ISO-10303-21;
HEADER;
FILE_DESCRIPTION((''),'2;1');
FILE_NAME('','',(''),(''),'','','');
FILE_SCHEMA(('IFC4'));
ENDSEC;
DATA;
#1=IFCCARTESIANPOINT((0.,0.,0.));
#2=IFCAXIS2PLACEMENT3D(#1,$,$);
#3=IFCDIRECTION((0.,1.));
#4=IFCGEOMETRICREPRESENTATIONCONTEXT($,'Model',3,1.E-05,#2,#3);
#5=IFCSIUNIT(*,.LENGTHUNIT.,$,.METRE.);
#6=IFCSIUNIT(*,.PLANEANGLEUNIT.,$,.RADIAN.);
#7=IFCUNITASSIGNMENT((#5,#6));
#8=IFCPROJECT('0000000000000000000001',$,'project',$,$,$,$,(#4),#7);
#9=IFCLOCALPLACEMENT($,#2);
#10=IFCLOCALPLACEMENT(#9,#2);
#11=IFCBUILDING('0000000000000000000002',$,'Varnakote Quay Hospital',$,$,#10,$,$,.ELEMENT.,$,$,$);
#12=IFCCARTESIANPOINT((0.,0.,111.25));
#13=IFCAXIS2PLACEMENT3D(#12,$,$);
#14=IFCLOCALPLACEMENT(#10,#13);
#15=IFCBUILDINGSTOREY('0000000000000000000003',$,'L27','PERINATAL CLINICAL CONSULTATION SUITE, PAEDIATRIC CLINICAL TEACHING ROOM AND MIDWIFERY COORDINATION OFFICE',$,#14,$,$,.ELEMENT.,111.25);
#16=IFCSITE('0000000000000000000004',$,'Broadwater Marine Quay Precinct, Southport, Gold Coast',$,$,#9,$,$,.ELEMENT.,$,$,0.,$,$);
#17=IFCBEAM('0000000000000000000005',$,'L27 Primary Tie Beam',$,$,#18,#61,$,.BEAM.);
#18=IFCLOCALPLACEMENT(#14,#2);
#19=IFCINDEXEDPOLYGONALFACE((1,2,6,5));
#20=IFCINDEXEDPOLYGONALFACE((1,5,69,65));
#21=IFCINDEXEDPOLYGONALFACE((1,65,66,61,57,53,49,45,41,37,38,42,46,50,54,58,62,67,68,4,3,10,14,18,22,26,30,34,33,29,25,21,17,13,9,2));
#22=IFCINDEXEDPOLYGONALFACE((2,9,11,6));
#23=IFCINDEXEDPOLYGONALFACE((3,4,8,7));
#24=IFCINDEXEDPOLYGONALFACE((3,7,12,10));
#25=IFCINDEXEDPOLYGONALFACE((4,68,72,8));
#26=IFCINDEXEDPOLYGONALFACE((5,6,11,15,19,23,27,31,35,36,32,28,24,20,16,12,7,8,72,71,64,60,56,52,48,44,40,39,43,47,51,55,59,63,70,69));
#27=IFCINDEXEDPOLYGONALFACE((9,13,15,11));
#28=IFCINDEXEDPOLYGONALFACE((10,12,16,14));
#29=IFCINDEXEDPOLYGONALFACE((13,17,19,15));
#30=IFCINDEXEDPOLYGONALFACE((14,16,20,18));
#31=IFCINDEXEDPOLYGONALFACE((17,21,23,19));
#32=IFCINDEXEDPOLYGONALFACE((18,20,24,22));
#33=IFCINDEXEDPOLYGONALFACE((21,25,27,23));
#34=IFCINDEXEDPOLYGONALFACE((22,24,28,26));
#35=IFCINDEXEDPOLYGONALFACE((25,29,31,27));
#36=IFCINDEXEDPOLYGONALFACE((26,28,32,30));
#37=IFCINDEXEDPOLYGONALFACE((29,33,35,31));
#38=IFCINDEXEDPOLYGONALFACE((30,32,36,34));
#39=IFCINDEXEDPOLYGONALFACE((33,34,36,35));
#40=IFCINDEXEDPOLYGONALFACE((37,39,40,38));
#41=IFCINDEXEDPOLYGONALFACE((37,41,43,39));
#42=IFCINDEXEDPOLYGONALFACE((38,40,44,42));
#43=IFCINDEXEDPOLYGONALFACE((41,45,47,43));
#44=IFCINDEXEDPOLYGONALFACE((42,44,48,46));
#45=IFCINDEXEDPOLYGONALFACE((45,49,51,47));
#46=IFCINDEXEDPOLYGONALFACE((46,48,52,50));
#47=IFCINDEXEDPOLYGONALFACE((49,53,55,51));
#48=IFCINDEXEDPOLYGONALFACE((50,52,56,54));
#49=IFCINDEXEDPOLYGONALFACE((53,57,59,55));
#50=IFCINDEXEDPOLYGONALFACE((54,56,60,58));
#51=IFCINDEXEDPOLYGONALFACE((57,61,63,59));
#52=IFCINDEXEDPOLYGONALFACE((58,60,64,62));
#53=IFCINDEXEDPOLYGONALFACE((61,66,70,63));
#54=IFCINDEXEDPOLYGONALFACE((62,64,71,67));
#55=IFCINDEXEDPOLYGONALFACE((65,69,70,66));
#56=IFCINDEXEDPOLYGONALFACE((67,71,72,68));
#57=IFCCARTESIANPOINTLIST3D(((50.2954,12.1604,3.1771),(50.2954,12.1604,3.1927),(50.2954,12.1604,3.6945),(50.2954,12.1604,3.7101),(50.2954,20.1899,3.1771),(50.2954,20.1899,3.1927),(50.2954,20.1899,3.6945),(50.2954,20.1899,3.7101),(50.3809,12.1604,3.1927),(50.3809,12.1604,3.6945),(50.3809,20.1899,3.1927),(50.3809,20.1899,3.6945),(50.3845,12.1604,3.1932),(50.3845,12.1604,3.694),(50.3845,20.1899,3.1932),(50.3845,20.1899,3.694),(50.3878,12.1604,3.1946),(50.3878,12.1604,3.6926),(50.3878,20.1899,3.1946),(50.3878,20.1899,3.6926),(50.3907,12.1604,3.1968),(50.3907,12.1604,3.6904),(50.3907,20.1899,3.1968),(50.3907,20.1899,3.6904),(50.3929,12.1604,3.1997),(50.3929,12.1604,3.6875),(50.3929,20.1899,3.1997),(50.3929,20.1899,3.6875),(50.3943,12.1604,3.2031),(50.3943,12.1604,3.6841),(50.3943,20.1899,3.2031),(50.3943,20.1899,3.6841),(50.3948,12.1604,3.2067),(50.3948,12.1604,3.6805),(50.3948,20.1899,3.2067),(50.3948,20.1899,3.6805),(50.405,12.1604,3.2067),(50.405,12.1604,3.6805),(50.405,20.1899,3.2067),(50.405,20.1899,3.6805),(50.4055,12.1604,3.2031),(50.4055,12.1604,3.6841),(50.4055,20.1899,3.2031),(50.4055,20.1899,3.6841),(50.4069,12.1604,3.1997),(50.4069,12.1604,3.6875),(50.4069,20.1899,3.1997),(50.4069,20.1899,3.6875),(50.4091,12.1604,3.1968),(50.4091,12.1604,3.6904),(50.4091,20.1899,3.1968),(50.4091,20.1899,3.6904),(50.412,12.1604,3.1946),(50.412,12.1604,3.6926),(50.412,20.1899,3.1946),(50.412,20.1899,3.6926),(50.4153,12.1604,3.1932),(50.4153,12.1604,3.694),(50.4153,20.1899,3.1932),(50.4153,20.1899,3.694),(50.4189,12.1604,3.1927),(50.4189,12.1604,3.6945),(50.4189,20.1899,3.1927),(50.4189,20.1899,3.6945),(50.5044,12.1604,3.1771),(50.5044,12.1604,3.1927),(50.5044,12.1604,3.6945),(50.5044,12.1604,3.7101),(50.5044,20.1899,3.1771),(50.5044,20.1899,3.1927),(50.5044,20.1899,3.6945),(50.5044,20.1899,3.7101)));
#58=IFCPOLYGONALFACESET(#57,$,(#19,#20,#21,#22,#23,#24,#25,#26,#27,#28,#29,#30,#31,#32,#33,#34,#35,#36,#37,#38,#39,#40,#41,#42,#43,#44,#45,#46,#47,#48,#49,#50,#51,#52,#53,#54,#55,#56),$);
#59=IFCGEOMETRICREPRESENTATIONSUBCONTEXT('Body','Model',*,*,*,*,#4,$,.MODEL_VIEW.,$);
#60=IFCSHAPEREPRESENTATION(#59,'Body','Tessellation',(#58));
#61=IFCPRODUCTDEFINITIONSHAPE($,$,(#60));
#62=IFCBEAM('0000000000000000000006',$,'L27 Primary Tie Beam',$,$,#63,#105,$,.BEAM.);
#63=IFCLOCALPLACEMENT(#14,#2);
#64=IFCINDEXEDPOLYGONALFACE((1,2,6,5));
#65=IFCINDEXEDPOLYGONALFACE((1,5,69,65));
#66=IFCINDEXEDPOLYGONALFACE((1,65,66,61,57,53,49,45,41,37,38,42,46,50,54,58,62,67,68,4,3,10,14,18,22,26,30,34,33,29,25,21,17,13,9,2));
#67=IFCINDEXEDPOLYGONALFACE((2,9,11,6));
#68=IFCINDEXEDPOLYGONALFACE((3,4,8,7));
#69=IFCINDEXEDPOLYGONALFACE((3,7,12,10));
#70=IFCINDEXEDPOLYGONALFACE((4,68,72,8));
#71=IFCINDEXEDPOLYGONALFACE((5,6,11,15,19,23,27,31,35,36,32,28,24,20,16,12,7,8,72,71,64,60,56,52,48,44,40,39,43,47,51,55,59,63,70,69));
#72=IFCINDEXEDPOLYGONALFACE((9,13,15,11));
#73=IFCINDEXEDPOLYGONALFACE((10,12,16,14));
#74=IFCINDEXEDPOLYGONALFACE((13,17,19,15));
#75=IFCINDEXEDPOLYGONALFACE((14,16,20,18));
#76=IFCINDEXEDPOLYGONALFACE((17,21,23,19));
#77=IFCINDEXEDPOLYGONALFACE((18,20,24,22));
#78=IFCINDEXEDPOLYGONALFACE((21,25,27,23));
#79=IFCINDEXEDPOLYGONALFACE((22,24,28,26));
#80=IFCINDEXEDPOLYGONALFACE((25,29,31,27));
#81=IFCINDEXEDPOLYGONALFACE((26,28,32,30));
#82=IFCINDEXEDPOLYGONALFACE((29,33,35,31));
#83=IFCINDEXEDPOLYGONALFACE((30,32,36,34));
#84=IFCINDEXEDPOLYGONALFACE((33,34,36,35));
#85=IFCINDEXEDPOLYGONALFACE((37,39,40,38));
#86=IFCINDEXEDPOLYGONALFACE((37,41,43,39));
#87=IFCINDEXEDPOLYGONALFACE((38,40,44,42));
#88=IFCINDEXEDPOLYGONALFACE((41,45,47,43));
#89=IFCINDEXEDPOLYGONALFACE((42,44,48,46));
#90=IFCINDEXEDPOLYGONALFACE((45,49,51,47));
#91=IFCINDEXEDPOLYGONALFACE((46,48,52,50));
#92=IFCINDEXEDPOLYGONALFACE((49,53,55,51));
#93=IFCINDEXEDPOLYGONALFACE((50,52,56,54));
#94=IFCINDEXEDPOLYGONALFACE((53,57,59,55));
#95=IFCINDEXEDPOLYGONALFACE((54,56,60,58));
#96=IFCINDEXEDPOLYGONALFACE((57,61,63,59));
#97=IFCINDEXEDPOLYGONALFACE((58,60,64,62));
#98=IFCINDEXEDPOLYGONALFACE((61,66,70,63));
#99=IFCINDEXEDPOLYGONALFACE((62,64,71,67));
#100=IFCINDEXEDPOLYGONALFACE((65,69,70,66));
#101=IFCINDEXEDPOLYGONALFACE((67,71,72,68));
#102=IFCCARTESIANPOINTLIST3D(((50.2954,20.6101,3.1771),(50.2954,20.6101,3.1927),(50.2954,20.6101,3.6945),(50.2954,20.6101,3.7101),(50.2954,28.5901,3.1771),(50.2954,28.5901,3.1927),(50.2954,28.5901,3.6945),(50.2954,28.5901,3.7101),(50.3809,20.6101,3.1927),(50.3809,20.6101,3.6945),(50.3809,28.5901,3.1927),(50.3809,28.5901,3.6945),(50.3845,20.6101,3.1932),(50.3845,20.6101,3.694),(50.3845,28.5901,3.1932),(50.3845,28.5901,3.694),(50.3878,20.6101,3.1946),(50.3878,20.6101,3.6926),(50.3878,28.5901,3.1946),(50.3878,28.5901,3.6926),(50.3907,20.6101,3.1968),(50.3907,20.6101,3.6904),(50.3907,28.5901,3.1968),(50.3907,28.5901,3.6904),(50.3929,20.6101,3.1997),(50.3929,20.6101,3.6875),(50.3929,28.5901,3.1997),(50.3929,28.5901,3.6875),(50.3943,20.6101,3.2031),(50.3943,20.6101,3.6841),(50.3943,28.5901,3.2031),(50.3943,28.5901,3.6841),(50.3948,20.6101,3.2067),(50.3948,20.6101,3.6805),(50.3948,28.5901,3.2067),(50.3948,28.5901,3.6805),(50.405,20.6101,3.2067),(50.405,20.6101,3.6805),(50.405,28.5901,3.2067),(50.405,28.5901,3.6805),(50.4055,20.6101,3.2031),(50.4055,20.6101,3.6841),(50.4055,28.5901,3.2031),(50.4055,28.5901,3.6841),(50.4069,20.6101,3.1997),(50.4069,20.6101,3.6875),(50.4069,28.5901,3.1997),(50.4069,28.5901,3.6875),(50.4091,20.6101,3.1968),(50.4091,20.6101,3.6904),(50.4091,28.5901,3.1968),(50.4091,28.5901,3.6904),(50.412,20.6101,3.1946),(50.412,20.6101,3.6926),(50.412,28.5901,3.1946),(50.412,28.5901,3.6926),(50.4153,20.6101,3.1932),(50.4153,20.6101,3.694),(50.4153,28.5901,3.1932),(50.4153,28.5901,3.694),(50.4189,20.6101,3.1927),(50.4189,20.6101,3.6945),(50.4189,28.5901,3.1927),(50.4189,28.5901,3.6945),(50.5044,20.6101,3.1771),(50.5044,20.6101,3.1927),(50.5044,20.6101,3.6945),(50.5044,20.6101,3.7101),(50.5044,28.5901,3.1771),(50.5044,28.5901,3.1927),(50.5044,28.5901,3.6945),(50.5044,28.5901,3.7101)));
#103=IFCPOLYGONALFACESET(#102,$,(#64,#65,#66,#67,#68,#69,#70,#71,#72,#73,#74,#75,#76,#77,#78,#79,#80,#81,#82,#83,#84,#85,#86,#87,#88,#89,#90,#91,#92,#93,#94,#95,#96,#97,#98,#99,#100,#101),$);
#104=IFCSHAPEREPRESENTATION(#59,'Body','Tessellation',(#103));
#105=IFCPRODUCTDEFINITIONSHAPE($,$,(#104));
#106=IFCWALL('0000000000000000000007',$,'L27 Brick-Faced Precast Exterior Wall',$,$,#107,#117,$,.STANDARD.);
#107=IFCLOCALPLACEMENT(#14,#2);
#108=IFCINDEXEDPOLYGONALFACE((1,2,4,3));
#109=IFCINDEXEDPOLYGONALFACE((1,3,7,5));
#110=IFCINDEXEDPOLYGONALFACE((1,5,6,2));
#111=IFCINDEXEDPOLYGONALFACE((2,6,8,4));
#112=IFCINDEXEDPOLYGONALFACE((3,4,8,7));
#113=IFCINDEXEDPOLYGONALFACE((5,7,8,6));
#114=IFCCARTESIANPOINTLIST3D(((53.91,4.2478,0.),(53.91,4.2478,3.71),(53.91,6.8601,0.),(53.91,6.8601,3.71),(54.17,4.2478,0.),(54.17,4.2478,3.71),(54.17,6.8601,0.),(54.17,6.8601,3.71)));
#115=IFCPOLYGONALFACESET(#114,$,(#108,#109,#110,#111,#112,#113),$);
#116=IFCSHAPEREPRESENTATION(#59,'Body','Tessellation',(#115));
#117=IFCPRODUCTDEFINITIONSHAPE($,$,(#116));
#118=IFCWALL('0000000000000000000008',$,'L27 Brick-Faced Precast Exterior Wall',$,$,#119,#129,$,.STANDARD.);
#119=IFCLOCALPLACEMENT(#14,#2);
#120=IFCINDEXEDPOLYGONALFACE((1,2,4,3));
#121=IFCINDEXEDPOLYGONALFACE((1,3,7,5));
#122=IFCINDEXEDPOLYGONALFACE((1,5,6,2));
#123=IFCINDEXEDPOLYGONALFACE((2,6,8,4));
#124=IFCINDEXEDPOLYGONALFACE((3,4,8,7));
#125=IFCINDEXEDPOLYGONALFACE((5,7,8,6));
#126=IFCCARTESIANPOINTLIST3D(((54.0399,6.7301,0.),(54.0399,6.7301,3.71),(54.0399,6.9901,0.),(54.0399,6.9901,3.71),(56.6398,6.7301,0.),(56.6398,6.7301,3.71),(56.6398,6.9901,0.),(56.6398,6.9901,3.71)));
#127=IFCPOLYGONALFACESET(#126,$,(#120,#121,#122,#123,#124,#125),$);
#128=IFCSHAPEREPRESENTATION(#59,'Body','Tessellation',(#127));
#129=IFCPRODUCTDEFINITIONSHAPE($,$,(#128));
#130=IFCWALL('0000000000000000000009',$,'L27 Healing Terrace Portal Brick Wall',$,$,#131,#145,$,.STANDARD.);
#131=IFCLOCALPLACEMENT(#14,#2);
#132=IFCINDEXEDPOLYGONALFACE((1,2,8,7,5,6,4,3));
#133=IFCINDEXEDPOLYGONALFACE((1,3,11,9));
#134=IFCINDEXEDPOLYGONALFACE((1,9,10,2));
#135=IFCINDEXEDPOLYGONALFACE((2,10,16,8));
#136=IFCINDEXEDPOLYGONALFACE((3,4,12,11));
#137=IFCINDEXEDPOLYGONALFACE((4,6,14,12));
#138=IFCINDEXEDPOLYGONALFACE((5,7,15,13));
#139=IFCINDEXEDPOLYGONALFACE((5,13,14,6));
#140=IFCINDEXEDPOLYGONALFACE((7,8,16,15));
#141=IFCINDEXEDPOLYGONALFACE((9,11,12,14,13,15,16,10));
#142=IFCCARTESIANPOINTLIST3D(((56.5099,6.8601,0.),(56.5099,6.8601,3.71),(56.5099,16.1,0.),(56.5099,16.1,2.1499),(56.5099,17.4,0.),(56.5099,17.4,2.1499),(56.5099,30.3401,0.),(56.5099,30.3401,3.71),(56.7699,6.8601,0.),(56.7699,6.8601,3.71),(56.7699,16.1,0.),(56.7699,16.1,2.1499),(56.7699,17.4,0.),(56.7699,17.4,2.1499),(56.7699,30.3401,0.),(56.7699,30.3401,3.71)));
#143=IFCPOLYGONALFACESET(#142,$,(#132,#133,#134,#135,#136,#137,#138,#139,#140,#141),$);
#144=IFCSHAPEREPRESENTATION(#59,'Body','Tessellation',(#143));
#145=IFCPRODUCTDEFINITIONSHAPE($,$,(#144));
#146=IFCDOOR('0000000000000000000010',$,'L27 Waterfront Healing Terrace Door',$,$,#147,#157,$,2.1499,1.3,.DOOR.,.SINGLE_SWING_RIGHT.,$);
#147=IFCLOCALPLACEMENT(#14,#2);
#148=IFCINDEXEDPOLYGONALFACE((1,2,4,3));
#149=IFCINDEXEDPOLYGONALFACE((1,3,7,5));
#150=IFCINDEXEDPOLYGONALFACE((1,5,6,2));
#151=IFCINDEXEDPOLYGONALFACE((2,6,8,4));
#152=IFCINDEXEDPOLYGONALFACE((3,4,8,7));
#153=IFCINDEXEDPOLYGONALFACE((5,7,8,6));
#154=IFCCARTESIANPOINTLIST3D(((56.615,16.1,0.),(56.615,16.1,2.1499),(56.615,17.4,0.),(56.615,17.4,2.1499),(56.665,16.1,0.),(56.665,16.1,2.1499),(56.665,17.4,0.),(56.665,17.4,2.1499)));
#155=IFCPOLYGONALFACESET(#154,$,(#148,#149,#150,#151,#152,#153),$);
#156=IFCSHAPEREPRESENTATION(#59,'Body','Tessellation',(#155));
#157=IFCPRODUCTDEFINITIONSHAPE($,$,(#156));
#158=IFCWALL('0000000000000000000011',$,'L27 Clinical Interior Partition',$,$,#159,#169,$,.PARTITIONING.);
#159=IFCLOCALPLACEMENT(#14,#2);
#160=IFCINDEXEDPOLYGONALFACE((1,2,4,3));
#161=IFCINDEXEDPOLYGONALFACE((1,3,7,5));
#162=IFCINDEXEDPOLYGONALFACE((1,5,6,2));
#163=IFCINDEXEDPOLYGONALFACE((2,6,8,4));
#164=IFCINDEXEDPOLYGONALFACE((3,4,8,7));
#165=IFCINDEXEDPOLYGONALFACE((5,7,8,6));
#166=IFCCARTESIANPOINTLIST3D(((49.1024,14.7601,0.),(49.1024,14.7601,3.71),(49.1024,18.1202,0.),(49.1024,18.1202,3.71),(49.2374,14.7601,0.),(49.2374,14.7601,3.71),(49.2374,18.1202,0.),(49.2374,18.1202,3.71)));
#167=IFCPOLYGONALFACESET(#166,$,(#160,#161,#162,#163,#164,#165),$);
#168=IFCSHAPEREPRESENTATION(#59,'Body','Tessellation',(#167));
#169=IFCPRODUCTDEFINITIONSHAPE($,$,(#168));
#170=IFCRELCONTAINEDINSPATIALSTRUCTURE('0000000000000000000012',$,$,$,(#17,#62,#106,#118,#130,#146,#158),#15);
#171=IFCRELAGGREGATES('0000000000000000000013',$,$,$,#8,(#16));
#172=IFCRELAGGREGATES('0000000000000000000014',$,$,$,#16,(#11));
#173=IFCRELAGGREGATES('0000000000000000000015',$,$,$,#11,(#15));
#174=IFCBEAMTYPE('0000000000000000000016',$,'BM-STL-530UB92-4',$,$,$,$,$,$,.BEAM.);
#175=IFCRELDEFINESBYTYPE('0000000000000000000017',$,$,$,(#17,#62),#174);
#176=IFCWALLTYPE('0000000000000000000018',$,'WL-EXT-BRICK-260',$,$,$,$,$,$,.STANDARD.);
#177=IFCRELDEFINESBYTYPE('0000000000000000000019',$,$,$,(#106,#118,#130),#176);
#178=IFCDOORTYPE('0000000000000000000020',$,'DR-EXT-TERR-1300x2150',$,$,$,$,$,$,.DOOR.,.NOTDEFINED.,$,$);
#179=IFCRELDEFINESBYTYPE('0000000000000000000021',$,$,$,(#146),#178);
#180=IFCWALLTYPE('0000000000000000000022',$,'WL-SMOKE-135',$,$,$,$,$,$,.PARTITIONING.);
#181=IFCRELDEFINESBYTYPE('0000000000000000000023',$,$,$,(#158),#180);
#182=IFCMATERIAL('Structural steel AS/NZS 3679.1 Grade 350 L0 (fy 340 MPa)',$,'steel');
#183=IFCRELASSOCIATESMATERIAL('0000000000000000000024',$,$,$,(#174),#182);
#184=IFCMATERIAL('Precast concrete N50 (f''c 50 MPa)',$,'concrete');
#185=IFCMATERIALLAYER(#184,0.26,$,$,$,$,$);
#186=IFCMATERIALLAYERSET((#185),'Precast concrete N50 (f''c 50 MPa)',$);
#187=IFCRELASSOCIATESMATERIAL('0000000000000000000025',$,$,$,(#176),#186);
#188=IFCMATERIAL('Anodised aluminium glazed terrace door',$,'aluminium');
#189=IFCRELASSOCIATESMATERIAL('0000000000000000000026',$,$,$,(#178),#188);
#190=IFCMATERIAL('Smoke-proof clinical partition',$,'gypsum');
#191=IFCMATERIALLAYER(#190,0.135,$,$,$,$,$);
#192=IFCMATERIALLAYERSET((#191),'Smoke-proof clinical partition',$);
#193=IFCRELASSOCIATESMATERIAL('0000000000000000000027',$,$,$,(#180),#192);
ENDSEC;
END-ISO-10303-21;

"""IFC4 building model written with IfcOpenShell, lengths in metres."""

from ifc_helpers import new_model, si_unit, direction, frame, frame_2d, origin, origin_2d, place, context, subcontext, project, spatial, rectangle, i_section, extrude, material, layer, layer_set, material_profile, profile_set, type_object, element, fill, save


model = new_model("IFC4")

# Units and contexts
model_context = context("Model", 3, precision=1e-05, world=origin(), true_north=direction((0.0, 1.0)))
body_context = subcontext(model_context, "Body", "Model", "MODEL_VIEW")
ifc_project = project(units=[si_unit("LENGTHUNIT", "METRE"), si_unit("PLANEANGLEUNIT", "RADIAN")], contexts=[model_context])

# Site, building, storey
site_placement = place(None, origin())
site = spatial("IfcSite", under=ifc_project, at=site_placement, Name="Broadwater Marine Quay Precinct, Southport, Gold Coast", CompositionType="ELEMENT", RefElevation=0.0)
building_placement = place(site_placement, origin())
building = spatial("IfcBuilding", under=site, at=building_placement, Name="Varnakote Quay Hospital", CompositionType="ELEMENT")
storey_placement = place(building_placement, frame((0.0, 0.0, 111.25)))
storey = spatial("IfcBuildingStorey", under=building, at=storey_placement, Name="L27", Description="PERINATAL CLINICAL CONSULTATION SUITE, PAEDIATRIC CLINICAL TEACHING ROOM AND MIDWIFERY COORDINATION OFFICE", CompositionType="ELEMENT", Elevation=111.25)

# Beams
ifc_material_1 = material(Name="Structural steel AS/NZS 3679.1 Grade 350 L0 (fy 340 MPa)", Category="steel")
ifc_material_profile_1 = material_profile(ifc_material_1, i_section(OverallWidth=0.209, OverallDepth=0.533, WebThickness=0.0103, FlangeThickness=0.0156, FilletRadius=0.0139, at=origin_2d()), Name="530UB92.4")
ifc_profile_set_1 = profile_set([ifc_material_profile_1], Name="Structural steel AS/NZS 3679.1 Grade 350 L0 (fy 340 MPa)")
beam_type = type_object("IfcBeamType", Name="BM-STL-530UB92-4", PredefinedType="BEAM", material=ifc_profile_set_1)
beam_1_placement = place(storey_placement, frame((50.3999, 12.1604, 3.4436), z_axis=(0.0, 1.0, 0.0), x_axis=(-1.0, 0.0, 0.0)))
element("IfcBeam", 1, at=beam_1_placement, inside=storey, type_object=beam_type, Name="L27 Primary Tie Beam", PredefinedType="BEAM", context=body_context, shape_type="SweptSolid", body=[
    extrude(i_section(OverallWidth=0.209, OverallDepth=0.533, WebThickness=0.0103, FlangeThickness=0.0156, FilletRadius=0.0139, at=origin_2d()), origin(), (0.0, 0.0, 1.0), 8.0295),
])
beam_2_placement = place(storey_placement, frame((50.3999, 20.6101, 3.4436), z_axis=(0.0, 1.0, 0.0), x_axis=(-1.0, 0.0, 0.0)))
element("IfcBeam", 2, at=beam_2_placement, inside=storey, type_object=beam_type, Name="L27 Primary Tie Beam", PredefinedType="BEAM", context=body_context, shape_type="SweptSolid", body=[
    extrude(i_section(OverallWidth=0.209, OverallDepth=0.533, WebThickness=0.0103, FlangeThickness=0.0156, FilletRadius=0.0139, at=origin_2d()), origin(), (0.0, 0.0, 1.0), 7.98),
])

# Walls
ifc_material_2 = material(Name="Precast concrete N50 (f'c 50 MPa)", Category="concrete")
ifc_layer_1 = layer(ifc_material_2, 0.26)
ifc_layer_set_1 = layer_set([ifc_layer_1], Name="Precast concrete N50 (f'c 50 MPa)")
wall_type_1 = type_object("IfcWallType", Name="WL-EXT-BRICK-260", PredefinedType="STANDARD", material=ifc_layer_set_1)
wall_1_placement = place(storey_placement, frame((54.04, 4.2478, 0.0), z_axis=(0.0, 0.0, 1.0), x_axis=(0.0, 1.0, 0.0)))
element("IfcWall", 3, at=wall_1_placement, inside=storey, type_object=wall_type_1, Name="L27 Brick-Faced Precast Exterior Wall", PredefinedType="STANDARD", context=body_context, shape_type="SweptSolid", body=[
    extrude(rectangle(XDim=2.6123, YDim=0.26, at=frame_2d((1.3062, 0.0))), origin(), (0.0, 0.0, 1.0), 3.71),
])
wall_2_placement = place(storey_placement, frame((54.04, 6.8601, 0.0), z_axis=(0.0, 0.0, 1.0), x_axis=(1.0, 0.0, 0.0)))
element("IfcWall", 4, at=wall_2_placement, inside=storey, type_object=wall_type_1, Name="L27 Brick-Faced Precast Exterior Wall", PredefinedType="STANDARD", context=body_context, shape_type="SweptSolid", body=[
    extrude(rectangle(XDim=2.5999, YDim=0.26, at=frame_2d((1.2998, 0.0))), origin(), (0.0, 0.0, 1.0), 3.71),
])

# Wall, opening, door
wall_3_placement = place(storey_placement, frame((56.6399, 6.8601, 0.0), z_axis=(0.0, 0.0, 1.0), x_axis=(0.0, 1.0, 0.0)))
wall_3 = element("IfcWall", 5, at=wall_3_placement, inside=storey, type_object=wall_type_1, Name="L27 Healing Terrace Portal Brick Wall", PredefinedType="STANDARD", context=body_context, shape_type="SweptSolid", body=[
    extrude(rectangle(XDim=23.48, YDim=0.26, at=frame_2d((11.74, 0.0))), origin(), (0.0, 0.0, 1.0), 3.71),
])
opening_1_placement = place(wall_3_placement, frame((9.24, 0.0, 0.0)))
opening_1 = element("IfcOpeningElement", 6, at=opening_1_placement, cuts=wall_3, PredefinedType="OPENING", context=body_context, shape_type="SweptSolid", body=[
    extrude(rectangle(XDim=1.3, YDim=2.1499, at=frame_2d((0.6499, 1.075))), frame((0.0, 0.1399, 0.0), z_axis=(0.0, -1.0, 0.0), x_axis=(1.0, 0.0, 0.0)), (0.0, 0.0, 1.0), 0.28),
])
ifc_material_3 = material(Name="Anodised aluminium glazed terrace door", Category="aluminium")
door_type_1 = type_object("IfcDoorType", Name="DR-EXT-TERR-1300x2150", OperationType="NOTDEFINED", PredefinedType="DOOR", material=ifc_material_3)
door_1_placement = place(opening_1_placement, origin())
door_1 = element("IfcDoor", 7, at=door_1_placement, inside=storey, type_object=door_type_1, Name="L27 Waterfront Healing Terrace Door", OperationType="SINGLE_SWING_RIGHT", OverallHeight=2.1499, OverallWidth=1.3, PredefinedType="DOOR", context=body_context, shape_type="SweptSolid", body=[
    extrude(rectangle(XDim=1.3, YDim=2.1499, at=frame_2d((0.6499, 1.075))), frame((0.0, 0.0249, 0.0), z_axis=(0.0, -1.0, 0.0), x_axis=(1.0, 0.0, 0.0)), (0.0, 0.0, 1.0), 0.05),
])
fill(opening_1, door_1)

# Wall
ifc_material_4 = material(Name="Smoke-proof clinical partition", Category="gypsum")
ifc_layer_2 = layer(ifc_material_4, 0.135)
ifc_layer_set_2 = layer_set([ifc_layer_2], Name="Smoke-proof clinical partition")
wall_type_2 = type_object("IfcWallType", Name="WL-SMOKE-135", PredefinedType="PARTITIONING", material=ifc_layer_set_2)
wall_4_placement = place(storey_placement, frame((49.1699, 14.76, 0.0), z_axis=(0.0, 0.0, 1.0), x_axis=(0.0, 1.0, 0.0)))
element("IfcWall", 8, at=wall_4_placement, inside=storey, type_object=wall_type_2, Name="L27 Clinical Interior Partition", PredefinedType="PARTITIONING", context=body_context, shape_type="SweptSolid", body=[
    extrude(rectangle(XDim=3.3601, YDim=0.135, at=frame_2d((1.6802, 0.0))), origin(), (0.0, 0.0, 1.0), 3.71),
])

save(model, "model.ifc")
